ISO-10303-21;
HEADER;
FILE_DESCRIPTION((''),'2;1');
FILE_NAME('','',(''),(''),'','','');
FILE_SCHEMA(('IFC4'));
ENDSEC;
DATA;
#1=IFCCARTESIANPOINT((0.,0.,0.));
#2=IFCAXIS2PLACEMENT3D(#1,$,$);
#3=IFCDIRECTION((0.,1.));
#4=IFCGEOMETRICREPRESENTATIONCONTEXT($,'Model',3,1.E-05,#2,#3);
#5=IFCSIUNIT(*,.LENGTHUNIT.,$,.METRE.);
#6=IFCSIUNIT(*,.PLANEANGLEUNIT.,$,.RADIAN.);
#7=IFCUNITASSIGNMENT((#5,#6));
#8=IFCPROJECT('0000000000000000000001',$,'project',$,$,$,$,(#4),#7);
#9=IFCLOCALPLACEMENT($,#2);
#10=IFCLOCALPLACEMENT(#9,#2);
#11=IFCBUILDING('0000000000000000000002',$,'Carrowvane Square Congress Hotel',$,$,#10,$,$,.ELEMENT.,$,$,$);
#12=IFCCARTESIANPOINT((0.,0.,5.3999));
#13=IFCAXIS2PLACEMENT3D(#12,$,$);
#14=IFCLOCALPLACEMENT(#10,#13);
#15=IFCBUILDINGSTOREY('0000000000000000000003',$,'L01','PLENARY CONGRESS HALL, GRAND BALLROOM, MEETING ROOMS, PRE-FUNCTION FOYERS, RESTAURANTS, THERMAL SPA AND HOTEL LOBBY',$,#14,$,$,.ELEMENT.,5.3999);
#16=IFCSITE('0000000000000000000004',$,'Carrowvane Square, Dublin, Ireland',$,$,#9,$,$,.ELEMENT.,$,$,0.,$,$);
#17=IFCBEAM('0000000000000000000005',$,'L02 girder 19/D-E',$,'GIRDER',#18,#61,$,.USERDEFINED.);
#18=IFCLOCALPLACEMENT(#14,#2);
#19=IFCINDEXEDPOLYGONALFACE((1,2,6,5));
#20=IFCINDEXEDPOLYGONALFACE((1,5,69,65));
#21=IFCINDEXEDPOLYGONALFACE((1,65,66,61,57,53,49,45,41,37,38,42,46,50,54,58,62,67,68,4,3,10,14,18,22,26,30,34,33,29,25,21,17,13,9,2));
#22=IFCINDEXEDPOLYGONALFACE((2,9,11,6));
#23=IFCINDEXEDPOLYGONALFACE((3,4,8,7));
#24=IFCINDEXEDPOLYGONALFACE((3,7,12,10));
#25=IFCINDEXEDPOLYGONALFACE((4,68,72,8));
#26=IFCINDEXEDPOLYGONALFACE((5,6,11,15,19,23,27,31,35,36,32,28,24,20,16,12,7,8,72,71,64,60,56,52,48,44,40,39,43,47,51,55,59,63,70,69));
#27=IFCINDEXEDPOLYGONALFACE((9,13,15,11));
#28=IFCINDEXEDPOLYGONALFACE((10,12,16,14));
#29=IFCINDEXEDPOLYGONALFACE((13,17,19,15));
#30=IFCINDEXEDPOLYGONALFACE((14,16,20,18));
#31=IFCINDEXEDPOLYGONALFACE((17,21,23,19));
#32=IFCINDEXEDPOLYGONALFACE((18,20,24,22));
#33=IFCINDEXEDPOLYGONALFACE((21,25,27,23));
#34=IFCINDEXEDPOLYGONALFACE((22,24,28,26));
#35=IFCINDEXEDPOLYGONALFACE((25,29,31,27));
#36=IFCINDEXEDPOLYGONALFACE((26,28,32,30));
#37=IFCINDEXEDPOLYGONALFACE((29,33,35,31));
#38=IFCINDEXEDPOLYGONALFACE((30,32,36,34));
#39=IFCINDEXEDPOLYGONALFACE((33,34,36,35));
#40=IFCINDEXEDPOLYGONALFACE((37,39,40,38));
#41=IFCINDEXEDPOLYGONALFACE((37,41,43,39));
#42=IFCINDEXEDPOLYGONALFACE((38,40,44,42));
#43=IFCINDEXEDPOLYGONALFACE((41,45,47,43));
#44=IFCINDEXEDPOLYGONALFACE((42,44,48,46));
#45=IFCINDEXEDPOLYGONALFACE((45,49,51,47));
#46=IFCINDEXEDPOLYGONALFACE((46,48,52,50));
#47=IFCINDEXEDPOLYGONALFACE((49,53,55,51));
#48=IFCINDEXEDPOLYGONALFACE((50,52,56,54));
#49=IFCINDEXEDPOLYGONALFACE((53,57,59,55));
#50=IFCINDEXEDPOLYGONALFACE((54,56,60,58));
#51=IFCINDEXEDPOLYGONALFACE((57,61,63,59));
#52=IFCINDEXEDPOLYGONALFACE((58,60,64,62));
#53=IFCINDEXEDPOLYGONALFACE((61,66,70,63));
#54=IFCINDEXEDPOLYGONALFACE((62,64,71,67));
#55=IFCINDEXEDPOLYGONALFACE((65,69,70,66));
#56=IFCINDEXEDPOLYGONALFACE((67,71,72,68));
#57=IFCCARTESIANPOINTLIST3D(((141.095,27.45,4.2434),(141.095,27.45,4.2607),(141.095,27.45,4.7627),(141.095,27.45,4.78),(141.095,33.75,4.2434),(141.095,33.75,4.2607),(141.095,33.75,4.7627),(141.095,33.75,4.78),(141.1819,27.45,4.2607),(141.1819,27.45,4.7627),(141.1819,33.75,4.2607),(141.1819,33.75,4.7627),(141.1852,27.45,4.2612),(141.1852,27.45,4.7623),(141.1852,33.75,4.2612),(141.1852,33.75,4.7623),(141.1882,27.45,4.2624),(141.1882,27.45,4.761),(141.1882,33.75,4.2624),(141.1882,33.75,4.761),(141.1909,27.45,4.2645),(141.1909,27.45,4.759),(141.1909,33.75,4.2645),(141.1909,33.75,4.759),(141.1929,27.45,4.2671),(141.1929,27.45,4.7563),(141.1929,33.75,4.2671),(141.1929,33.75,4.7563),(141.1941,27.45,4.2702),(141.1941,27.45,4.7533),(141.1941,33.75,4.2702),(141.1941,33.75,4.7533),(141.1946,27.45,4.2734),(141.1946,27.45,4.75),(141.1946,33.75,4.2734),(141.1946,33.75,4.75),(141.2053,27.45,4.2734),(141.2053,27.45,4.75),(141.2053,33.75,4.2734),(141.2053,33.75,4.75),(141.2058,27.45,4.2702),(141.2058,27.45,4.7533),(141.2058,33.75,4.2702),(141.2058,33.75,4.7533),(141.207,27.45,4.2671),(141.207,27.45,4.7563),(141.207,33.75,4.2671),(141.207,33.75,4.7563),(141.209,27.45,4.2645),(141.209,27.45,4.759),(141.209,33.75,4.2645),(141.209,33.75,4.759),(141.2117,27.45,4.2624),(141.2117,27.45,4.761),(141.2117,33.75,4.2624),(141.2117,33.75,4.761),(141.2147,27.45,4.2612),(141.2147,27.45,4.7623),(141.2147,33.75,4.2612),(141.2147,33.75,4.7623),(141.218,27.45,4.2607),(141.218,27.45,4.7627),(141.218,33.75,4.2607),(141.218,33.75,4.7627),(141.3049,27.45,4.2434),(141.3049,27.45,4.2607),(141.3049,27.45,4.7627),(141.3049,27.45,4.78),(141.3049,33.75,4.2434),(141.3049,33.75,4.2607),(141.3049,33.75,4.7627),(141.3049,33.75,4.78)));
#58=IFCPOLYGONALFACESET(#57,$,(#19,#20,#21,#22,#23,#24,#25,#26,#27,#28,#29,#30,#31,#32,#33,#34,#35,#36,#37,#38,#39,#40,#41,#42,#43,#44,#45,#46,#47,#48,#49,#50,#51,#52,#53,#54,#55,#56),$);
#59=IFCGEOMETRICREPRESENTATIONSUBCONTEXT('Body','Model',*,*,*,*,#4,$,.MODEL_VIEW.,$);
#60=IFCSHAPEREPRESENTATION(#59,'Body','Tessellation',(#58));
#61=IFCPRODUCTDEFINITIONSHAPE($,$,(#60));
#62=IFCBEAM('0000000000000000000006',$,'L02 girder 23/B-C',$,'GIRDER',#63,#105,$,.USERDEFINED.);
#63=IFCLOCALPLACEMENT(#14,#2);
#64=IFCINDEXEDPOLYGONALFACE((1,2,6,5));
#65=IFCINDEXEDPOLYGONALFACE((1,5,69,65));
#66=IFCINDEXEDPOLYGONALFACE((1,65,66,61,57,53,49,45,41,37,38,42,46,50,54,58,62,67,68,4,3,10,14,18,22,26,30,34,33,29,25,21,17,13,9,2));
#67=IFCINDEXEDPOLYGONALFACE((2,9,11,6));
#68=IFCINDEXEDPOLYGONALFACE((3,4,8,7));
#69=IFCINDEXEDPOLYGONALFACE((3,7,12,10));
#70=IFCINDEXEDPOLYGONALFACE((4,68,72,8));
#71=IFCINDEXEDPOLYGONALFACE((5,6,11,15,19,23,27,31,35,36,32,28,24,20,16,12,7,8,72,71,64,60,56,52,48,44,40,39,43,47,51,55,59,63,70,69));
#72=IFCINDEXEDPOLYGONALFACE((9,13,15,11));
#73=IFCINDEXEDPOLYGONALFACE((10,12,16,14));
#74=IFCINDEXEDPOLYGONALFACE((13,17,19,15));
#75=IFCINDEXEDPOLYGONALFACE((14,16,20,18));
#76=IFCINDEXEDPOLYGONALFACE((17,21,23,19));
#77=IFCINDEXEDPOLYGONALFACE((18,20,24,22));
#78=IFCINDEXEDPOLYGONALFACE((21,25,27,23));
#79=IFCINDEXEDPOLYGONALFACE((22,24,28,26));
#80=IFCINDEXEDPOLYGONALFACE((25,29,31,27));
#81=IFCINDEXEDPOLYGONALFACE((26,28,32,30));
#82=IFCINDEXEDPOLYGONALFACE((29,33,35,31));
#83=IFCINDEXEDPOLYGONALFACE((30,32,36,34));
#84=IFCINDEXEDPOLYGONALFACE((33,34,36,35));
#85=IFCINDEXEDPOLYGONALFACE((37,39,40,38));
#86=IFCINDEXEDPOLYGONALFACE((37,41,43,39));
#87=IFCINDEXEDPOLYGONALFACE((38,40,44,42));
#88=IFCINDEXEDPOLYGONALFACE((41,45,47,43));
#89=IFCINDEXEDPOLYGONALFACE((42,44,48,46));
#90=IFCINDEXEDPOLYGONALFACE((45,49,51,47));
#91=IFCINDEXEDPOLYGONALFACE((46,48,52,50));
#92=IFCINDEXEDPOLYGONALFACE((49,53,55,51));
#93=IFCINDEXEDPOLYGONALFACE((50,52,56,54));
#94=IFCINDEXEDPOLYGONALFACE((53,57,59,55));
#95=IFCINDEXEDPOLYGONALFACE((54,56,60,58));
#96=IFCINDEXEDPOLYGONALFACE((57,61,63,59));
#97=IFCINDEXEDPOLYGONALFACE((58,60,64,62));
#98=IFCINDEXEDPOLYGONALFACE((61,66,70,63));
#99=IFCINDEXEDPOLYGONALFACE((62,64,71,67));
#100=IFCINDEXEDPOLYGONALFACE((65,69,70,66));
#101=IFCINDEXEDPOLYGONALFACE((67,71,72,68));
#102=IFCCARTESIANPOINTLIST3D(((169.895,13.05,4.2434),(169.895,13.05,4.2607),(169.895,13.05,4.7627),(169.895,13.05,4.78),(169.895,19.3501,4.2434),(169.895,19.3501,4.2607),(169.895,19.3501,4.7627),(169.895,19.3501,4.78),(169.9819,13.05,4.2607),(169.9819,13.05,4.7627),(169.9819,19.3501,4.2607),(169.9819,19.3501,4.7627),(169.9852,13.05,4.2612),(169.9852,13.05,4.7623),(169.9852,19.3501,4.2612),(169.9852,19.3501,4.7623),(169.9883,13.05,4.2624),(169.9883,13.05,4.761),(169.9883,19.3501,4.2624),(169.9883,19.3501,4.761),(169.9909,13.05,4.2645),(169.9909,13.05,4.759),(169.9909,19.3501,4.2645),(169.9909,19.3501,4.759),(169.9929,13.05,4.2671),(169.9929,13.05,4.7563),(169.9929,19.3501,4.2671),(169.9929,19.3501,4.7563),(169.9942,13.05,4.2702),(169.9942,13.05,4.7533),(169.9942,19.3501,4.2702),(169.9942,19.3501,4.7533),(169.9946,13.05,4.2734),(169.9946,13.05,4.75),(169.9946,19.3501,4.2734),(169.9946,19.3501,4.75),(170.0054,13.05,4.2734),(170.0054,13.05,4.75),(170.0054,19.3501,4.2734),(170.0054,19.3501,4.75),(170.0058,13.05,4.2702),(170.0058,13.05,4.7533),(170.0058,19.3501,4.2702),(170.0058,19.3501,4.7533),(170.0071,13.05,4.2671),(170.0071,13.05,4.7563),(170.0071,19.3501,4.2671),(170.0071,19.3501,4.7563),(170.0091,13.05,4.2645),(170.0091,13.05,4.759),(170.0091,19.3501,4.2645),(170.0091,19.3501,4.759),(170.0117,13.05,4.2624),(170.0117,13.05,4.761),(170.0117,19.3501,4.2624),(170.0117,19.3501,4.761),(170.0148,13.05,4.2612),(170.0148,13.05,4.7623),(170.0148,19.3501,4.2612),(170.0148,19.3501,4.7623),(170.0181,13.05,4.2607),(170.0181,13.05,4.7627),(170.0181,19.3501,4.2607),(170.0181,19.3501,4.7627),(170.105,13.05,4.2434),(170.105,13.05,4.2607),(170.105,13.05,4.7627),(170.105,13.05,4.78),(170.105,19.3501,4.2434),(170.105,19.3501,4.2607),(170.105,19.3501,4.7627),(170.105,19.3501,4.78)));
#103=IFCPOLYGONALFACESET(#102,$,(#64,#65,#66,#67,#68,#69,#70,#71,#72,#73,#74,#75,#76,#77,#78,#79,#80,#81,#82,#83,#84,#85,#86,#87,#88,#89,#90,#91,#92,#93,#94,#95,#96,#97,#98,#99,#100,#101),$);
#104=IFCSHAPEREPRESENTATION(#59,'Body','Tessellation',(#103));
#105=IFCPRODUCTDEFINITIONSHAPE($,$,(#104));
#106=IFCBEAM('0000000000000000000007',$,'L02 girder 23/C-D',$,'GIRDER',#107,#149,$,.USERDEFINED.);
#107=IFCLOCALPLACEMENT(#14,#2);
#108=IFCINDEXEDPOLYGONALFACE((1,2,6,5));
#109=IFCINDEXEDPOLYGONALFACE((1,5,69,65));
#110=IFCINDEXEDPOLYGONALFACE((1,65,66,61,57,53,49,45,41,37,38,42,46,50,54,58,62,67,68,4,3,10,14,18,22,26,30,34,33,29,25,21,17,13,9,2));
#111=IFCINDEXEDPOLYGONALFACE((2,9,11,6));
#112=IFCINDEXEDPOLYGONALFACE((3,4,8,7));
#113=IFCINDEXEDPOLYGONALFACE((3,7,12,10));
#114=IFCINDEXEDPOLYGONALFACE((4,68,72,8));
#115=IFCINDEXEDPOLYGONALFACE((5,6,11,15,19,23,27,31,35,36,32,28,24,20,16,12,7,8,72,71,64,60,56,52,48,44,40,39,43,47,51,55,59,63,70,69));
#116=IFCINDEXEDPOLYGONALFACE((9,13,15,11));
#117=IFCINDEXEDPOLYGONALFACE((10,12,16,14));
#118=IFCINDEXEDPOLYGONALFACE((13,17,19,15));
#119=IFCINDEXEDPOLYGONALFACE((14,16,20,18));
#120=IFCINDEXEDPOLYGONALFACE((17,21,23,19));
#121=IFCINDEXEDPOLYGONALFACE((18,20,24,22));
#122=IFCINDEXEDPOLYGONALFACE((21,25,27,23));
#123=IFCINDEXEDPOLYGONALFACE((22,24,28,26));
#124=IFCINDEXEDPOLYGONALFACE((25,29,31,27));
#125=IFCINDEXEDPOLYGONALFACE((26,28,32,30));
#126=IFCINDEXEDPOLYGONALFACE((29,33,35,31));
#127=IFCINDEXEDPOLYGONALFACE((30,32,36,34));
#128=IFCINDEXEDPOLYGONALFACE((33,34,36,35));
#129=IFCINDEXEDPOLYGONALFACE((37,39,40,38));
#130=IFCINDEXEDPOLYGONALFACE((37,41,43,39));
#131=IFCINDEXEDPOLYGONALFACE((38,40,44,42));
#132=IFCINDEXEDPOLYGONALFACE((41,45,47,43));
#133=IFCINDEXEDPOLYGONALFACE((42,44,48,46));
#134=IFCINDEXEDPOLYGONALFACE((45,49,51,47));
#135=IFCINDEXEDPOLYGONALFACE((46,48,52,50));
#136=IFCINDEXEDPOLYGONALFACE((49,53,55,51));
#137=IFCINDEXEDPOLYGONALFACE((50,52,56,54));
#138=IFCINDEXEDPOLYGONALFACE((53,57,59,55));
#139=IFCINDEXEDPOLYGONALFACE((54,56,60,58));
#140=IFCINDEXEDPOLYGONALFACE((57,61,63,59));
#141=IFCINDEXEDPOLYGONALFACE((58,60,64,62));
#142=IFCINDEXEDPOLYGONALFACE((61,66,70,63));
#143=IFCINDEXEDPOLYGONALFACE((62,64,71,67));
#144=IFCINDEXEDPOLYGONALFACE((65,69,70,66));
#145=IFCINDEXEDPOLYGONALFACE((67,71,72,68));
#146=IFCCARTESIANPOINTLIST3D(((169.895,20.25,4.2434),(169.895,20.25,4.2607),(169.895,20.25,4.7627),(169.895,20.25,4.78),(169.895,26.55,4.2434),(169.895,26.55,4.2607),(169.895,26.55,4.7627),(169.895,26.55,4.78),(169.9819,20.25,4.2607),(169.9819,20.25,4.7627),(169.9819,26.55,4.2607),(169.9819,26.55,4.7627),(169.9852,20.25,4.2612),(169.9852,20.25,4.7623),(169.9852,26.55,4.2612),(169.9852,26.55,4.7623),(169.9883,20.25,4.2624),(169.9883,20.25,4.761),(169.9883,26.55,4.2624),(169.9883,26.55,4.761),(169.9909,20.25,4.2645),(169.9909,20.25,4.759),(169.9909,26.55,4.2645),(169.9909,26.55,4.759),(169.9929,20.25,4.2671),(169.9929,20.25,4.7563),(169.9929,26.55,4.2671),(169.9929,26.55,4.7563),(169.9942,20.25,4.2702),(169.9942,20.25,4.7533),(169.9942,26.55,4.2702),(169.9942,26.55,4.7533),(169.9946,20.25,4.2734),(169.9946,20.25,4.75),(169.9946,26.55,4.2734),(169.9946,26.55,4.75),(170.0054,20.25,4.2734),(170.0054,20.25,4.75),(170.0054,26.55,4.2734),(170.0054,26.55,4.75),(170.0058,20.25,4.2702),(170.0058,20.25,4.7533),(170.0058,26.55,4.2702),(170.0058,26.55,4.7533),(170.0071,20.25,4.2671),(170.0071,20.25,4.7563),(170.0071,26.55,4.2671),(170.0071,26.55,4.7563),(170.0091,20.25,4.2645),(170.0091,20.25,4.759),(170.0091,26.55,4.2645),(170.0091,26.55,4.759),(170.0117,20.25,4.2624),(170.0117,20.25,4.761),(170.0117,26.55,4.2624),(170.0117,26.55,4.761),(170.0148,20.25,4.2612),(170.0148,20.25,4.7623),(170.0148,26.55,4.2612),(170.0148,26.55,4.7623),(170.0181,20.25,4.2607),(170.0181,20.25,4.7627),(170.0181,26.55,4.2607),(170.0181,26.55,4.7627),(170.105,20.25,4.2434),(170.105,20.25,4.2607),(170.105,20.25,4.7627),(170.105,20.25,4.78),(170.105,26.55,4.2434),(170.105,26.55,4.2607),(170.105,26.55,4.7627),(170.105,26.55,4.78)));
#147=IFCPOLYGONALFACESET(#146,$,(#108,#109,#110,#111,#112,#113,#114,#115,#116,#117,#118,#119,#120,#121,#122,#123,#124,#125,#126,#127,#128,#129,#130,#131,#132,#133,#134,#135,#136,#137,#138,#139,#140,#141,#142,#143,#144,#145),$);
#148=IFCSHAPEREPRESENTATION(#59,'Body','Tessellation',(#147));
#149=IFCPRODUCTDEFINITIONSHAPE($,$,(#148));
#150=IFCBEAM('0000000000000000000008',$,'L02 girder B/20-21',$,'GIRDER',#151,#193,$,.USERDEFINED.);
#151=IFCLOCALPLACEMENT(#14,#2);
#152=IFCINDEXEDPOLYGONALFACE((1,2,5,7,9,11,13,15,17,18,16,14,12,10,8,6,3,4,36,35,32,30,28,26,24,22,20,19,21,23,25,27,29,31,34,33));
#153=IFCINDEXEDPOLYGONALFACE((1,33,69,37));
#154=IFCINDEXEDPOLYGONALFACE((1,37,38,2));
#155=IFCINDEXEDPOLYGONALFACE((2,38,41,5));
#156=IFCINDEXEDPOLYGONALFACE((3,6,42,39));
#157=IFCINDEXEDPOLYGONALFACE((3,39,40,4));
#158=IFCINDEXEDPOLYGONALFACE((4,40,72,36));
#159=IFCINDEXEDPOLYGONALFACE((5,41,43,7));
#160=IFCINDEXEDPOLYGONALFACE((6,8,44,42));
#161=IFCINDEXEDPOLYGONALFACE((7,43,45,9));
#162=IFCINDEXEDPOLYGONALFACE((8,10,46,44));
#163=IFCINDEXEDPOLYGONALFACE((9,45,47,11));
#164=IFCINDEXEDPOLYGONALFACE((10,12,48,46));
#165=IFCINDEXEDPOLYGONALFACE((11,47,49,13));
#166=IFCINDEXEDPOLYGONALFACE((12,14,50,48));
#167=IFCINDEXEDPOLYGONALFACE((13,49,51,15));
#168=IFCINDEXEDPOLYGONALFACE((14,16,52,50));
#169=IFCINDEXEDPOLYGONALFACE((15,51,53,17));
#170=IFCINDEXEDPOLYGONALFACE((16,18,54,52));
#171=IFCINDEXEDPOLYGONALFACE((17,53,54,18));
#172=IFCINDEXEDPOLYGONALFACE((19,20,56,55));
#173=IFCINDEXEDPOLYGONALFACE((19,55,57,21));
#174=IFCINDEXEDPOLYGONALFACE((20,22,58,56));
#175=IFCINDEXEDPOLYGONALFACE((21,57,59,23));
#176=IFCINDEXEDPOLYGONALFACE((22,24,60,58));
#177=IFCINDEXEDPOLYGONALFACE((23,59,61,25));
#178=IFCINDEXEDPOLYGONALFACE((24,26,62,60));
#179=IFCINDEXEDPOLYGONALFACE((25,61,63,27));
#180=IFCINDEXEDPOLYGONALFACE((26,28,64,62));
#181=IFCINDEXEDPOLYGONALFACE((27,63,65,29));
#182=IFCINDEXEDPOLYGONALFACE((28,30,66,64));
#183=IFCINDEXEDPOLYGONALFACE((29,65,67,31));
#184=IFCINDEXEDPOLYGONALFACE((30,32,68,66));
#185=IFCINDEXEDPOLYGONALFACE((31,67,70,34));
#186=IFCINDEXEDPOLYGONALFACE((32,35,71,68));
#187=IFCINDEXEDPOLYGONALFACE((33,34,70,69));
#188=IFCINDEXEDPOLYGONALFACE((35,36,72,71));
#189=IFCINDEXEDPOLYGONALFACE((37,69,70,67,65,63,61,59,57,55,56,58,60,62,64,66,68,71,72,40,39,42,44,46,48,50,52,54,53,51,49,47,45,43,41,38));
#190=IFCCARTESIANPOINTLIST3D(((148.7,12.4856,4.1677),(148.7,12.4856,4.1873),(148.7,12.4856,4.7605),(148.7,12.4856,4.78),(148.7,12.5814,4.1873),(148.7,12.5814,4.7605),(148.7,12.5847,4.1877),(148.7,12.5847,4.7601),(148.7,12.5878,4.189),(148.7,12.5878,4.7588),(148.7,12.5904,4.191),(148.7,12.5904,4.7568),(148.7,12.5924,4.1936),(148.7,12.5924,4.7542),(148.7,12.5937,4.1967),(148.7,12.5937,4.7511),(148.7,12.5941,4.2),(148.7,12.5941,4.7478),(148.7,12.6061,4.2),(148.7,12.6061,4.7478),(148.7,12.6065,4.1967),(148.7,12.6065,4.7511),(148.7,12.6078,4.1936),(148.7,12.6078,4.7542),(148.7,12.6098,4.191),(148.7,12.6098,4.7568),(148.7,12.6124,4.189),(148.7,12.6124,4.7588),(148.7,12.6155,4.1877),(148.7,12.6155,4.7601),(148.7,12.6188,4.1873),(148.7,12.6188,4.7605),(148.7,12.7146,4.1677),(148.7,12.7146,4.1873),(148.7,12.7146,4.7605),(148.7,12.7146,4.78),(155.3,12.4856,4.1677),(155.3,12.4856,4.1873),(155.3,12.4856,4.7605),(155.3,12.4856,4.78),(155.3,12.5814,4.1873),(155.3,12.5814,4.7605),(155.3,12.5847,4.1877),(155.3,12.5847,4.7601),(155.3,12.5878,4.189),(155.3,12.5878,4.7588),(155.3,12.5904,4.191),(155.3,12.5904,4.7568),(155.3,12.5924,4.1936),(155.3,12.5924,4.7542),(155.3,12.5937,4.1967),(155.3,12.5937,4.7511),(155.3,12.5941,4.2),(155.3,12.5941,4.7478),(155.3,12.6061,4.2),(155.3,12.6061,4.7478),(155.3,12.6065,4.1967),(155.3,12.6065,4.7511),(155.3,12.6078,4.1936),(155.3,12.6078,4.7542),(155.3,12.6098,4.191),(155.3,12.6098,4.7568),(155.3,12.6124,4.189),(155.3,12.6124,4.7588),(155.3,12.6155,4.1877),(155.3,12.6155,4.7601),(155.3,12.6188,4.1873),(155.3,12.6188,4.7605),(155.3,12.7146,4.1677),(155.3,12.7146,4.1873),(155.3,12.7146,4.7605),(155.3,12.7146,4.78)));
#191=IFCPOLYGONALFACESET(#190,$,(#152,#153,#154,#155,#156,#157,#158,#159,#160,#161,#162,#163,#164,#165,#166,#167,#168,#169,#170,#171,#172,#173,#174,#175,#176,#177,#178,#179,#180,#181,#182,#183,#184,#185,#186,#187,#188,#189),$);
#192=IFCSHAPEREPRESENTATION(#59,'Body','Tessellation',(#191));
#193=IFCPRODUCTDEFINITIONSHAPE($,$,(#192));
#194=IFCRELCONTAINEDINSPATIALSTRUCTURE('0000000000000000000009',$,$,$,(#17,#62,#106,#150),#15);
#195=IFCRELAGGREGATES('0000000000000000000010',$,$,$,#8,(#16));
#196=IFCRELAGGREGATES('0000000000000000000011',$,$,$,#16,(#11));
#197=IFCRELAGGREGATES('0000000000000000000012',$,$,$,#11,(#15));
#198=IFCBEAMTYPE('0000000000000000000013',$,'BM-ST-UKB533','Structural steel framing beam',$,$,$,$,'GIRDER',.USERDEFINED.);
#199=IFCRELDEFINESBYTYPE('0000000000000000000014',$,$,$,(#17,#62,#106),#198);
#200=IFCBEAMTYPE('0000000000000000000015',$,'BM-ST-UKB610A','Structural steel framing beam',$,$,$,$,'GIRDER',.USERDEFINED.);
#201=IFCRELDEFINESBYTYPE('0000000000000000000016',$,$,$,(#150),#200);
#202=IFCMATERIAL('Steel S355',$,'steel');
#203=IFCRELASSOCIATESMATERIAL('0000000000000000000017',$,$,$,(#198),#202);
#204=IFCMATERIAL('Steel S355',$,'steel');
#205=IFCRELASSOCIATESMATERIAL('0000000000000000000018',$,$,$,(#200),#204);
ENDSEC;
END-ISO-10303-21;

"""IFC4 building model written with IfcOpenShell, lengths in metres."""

from ifc_helpers import new_model, si_unit, direction, frame, origin, origin_2d, place, context, subcontext, project, spatial, i_section, extrude, material, material_profile, profile_set, type_object, element, save


model = new_model("IFC4")

# Units and contexts
model_context = context("Model", 3, precision=1e-05, world=origin(), true_north=direction((0.0, 1.0)))
body_context = subcontext(model_context, "Body", "Model", "MODEL_VIEW")
ifc_project = project(units=[si_unit("LENGTHUNIT", "METRE"), si_unit("PLANEANGLEUNIT", "RADIAN")], contexts=[model_context])

# Site, building, storey
site_placement = place(None, origin())
site = spatial("IfcSite", under=ifc_project, at=site_placement, Name="Carrowvane Square, Dublin, Ireland", CompositionType="ELEMENT", RefElevation=0.0)
building_placement = place(site_placement, origin())
building = spatial("IfcBuilding", under=site, at=building_placement, Name="Carrowvane Square Congress Hotel", CompositionType="ELEMENT")
storey_placement = place(building_placement, frame((0.0, 0.0, 5.3999)))
storey = spatial("IfcBuildingStorey", under=building, at=storey_placement, Name="L01", Description="PLENARY CONGRESS HALL, GRAND BALLROOM, MEETING ROOMS, PRE-FUNCTION FOYERS, RESTAURANTS, THERMAL SPA AND HOTEL LOBBY", CompositionType="ELEMENT", Elevation=5.3999)

# Beams
ifc_material_1 = material(Name="Steel S355", Category="steel")
ifc_material_profile_1 = material_profile(ifc_material_1, i_section(OverallWidth=0.21, OverallDepth=0.5366, WebThickness=0.0107, FlangeThickness=0.0173, FilletRadius=0.0127, at=origin_2d()), Name="UKB 533x210x101")
ifc_profile_set_1 = profile_set([ifc_material_profile_1], Name="Steel S355")
beam_type_1 = type_object("IfcBeamType", Name="BM-ST-UKB533", Description="Structural steel framing beam", ElementType="GIRDER", PredefinedType="USERDEFINED", material=ifc_profile_set_1)
for number, where, z_axis, x_axis, name in (
    (1, (141.2, 27.45, 4.5117), (0.0, 1.0, 0.0), (-1.0, 0.0, 0.0), "L02 girder 19/D-E"),
    (2, (170.0, 13.05, 4.5117), (0.0, 1.0, 0.0), (-1.0, 0.0, 0.0), "L02 girder 23/B-C"),
    (3, (170.0, 20.25, 4.5117), (0.0, 1.0, 0.0), (-1.0, 0.0, 0.0), "L02 girder 23/C-D"),
):
    element("IfcBeam", number, at=place(storey_placement, frame(where, z_axis=z_axis, x_axis=x_axis)), inside=storey, type_object=beam_type_1, Name=name, ObjectType="GIRDER", PredefinedType="USERDEFINED", context=body_context, shape_type="SweptSolid", body=[
        extrude(i_section(OverallWidth=0.21, OverallDepth=0.5366, WebThickness=0.0107, FlangeThickness=0.0173, FilletRadius=0.0127, at=origin_2d()), origin(), (0.0, 0.0, 1.0), 6.3),
    ])
ifc_material_2 = material(Name="Steel S355", Category="steel")
ifc_material_profile_2 = material_profile(ifc_material_2, i_section(OverallWidth=0.229, OverallDepth=0.6123, WebThickness=0.012, FlangeThickness=0.0195, FilletRadius=0.0127, at=origin_2d()), Name="UKB 610x229x125")
ifc_profile_set_2 = profile_set([ifc_material_profile_2], Name="Steel S355")
beam_type_2 = type_object("IfcBeamType", Name="BM-ST-UKB610A", Description="Structural steel framing beam", ElementType="GIRDER", PredefinedType="USERDEFINED", material=ifc_profile_set_2)
beam_1_placement = place(storey_placement, frame((148.7, 12.6001, 4.4739), z_axis=(1.0, 0.0, 0.0), x_axis=(0.0, 1.0, 0.0)))
element("IfcBeam", 4, at=beam_1_placement, inside=storey, type_object=beam_type_2, Name="L02 girder B/20-21", ObjectType="GIRDER", PredefinedType="USERDEFINED", context=body_context, shape_type="SweptSolid", body=[
    extrude(i_section(OverallWidth=0.229, OverallDepth=0.6123, WebThickness=0.012, FlangeThickness=0.0195, FilletRadius=0.0127, at=origin_2d()), origin(), (0.0, 0.0, 1.0), 6.6001),
])

save(model, "model.ifc")
